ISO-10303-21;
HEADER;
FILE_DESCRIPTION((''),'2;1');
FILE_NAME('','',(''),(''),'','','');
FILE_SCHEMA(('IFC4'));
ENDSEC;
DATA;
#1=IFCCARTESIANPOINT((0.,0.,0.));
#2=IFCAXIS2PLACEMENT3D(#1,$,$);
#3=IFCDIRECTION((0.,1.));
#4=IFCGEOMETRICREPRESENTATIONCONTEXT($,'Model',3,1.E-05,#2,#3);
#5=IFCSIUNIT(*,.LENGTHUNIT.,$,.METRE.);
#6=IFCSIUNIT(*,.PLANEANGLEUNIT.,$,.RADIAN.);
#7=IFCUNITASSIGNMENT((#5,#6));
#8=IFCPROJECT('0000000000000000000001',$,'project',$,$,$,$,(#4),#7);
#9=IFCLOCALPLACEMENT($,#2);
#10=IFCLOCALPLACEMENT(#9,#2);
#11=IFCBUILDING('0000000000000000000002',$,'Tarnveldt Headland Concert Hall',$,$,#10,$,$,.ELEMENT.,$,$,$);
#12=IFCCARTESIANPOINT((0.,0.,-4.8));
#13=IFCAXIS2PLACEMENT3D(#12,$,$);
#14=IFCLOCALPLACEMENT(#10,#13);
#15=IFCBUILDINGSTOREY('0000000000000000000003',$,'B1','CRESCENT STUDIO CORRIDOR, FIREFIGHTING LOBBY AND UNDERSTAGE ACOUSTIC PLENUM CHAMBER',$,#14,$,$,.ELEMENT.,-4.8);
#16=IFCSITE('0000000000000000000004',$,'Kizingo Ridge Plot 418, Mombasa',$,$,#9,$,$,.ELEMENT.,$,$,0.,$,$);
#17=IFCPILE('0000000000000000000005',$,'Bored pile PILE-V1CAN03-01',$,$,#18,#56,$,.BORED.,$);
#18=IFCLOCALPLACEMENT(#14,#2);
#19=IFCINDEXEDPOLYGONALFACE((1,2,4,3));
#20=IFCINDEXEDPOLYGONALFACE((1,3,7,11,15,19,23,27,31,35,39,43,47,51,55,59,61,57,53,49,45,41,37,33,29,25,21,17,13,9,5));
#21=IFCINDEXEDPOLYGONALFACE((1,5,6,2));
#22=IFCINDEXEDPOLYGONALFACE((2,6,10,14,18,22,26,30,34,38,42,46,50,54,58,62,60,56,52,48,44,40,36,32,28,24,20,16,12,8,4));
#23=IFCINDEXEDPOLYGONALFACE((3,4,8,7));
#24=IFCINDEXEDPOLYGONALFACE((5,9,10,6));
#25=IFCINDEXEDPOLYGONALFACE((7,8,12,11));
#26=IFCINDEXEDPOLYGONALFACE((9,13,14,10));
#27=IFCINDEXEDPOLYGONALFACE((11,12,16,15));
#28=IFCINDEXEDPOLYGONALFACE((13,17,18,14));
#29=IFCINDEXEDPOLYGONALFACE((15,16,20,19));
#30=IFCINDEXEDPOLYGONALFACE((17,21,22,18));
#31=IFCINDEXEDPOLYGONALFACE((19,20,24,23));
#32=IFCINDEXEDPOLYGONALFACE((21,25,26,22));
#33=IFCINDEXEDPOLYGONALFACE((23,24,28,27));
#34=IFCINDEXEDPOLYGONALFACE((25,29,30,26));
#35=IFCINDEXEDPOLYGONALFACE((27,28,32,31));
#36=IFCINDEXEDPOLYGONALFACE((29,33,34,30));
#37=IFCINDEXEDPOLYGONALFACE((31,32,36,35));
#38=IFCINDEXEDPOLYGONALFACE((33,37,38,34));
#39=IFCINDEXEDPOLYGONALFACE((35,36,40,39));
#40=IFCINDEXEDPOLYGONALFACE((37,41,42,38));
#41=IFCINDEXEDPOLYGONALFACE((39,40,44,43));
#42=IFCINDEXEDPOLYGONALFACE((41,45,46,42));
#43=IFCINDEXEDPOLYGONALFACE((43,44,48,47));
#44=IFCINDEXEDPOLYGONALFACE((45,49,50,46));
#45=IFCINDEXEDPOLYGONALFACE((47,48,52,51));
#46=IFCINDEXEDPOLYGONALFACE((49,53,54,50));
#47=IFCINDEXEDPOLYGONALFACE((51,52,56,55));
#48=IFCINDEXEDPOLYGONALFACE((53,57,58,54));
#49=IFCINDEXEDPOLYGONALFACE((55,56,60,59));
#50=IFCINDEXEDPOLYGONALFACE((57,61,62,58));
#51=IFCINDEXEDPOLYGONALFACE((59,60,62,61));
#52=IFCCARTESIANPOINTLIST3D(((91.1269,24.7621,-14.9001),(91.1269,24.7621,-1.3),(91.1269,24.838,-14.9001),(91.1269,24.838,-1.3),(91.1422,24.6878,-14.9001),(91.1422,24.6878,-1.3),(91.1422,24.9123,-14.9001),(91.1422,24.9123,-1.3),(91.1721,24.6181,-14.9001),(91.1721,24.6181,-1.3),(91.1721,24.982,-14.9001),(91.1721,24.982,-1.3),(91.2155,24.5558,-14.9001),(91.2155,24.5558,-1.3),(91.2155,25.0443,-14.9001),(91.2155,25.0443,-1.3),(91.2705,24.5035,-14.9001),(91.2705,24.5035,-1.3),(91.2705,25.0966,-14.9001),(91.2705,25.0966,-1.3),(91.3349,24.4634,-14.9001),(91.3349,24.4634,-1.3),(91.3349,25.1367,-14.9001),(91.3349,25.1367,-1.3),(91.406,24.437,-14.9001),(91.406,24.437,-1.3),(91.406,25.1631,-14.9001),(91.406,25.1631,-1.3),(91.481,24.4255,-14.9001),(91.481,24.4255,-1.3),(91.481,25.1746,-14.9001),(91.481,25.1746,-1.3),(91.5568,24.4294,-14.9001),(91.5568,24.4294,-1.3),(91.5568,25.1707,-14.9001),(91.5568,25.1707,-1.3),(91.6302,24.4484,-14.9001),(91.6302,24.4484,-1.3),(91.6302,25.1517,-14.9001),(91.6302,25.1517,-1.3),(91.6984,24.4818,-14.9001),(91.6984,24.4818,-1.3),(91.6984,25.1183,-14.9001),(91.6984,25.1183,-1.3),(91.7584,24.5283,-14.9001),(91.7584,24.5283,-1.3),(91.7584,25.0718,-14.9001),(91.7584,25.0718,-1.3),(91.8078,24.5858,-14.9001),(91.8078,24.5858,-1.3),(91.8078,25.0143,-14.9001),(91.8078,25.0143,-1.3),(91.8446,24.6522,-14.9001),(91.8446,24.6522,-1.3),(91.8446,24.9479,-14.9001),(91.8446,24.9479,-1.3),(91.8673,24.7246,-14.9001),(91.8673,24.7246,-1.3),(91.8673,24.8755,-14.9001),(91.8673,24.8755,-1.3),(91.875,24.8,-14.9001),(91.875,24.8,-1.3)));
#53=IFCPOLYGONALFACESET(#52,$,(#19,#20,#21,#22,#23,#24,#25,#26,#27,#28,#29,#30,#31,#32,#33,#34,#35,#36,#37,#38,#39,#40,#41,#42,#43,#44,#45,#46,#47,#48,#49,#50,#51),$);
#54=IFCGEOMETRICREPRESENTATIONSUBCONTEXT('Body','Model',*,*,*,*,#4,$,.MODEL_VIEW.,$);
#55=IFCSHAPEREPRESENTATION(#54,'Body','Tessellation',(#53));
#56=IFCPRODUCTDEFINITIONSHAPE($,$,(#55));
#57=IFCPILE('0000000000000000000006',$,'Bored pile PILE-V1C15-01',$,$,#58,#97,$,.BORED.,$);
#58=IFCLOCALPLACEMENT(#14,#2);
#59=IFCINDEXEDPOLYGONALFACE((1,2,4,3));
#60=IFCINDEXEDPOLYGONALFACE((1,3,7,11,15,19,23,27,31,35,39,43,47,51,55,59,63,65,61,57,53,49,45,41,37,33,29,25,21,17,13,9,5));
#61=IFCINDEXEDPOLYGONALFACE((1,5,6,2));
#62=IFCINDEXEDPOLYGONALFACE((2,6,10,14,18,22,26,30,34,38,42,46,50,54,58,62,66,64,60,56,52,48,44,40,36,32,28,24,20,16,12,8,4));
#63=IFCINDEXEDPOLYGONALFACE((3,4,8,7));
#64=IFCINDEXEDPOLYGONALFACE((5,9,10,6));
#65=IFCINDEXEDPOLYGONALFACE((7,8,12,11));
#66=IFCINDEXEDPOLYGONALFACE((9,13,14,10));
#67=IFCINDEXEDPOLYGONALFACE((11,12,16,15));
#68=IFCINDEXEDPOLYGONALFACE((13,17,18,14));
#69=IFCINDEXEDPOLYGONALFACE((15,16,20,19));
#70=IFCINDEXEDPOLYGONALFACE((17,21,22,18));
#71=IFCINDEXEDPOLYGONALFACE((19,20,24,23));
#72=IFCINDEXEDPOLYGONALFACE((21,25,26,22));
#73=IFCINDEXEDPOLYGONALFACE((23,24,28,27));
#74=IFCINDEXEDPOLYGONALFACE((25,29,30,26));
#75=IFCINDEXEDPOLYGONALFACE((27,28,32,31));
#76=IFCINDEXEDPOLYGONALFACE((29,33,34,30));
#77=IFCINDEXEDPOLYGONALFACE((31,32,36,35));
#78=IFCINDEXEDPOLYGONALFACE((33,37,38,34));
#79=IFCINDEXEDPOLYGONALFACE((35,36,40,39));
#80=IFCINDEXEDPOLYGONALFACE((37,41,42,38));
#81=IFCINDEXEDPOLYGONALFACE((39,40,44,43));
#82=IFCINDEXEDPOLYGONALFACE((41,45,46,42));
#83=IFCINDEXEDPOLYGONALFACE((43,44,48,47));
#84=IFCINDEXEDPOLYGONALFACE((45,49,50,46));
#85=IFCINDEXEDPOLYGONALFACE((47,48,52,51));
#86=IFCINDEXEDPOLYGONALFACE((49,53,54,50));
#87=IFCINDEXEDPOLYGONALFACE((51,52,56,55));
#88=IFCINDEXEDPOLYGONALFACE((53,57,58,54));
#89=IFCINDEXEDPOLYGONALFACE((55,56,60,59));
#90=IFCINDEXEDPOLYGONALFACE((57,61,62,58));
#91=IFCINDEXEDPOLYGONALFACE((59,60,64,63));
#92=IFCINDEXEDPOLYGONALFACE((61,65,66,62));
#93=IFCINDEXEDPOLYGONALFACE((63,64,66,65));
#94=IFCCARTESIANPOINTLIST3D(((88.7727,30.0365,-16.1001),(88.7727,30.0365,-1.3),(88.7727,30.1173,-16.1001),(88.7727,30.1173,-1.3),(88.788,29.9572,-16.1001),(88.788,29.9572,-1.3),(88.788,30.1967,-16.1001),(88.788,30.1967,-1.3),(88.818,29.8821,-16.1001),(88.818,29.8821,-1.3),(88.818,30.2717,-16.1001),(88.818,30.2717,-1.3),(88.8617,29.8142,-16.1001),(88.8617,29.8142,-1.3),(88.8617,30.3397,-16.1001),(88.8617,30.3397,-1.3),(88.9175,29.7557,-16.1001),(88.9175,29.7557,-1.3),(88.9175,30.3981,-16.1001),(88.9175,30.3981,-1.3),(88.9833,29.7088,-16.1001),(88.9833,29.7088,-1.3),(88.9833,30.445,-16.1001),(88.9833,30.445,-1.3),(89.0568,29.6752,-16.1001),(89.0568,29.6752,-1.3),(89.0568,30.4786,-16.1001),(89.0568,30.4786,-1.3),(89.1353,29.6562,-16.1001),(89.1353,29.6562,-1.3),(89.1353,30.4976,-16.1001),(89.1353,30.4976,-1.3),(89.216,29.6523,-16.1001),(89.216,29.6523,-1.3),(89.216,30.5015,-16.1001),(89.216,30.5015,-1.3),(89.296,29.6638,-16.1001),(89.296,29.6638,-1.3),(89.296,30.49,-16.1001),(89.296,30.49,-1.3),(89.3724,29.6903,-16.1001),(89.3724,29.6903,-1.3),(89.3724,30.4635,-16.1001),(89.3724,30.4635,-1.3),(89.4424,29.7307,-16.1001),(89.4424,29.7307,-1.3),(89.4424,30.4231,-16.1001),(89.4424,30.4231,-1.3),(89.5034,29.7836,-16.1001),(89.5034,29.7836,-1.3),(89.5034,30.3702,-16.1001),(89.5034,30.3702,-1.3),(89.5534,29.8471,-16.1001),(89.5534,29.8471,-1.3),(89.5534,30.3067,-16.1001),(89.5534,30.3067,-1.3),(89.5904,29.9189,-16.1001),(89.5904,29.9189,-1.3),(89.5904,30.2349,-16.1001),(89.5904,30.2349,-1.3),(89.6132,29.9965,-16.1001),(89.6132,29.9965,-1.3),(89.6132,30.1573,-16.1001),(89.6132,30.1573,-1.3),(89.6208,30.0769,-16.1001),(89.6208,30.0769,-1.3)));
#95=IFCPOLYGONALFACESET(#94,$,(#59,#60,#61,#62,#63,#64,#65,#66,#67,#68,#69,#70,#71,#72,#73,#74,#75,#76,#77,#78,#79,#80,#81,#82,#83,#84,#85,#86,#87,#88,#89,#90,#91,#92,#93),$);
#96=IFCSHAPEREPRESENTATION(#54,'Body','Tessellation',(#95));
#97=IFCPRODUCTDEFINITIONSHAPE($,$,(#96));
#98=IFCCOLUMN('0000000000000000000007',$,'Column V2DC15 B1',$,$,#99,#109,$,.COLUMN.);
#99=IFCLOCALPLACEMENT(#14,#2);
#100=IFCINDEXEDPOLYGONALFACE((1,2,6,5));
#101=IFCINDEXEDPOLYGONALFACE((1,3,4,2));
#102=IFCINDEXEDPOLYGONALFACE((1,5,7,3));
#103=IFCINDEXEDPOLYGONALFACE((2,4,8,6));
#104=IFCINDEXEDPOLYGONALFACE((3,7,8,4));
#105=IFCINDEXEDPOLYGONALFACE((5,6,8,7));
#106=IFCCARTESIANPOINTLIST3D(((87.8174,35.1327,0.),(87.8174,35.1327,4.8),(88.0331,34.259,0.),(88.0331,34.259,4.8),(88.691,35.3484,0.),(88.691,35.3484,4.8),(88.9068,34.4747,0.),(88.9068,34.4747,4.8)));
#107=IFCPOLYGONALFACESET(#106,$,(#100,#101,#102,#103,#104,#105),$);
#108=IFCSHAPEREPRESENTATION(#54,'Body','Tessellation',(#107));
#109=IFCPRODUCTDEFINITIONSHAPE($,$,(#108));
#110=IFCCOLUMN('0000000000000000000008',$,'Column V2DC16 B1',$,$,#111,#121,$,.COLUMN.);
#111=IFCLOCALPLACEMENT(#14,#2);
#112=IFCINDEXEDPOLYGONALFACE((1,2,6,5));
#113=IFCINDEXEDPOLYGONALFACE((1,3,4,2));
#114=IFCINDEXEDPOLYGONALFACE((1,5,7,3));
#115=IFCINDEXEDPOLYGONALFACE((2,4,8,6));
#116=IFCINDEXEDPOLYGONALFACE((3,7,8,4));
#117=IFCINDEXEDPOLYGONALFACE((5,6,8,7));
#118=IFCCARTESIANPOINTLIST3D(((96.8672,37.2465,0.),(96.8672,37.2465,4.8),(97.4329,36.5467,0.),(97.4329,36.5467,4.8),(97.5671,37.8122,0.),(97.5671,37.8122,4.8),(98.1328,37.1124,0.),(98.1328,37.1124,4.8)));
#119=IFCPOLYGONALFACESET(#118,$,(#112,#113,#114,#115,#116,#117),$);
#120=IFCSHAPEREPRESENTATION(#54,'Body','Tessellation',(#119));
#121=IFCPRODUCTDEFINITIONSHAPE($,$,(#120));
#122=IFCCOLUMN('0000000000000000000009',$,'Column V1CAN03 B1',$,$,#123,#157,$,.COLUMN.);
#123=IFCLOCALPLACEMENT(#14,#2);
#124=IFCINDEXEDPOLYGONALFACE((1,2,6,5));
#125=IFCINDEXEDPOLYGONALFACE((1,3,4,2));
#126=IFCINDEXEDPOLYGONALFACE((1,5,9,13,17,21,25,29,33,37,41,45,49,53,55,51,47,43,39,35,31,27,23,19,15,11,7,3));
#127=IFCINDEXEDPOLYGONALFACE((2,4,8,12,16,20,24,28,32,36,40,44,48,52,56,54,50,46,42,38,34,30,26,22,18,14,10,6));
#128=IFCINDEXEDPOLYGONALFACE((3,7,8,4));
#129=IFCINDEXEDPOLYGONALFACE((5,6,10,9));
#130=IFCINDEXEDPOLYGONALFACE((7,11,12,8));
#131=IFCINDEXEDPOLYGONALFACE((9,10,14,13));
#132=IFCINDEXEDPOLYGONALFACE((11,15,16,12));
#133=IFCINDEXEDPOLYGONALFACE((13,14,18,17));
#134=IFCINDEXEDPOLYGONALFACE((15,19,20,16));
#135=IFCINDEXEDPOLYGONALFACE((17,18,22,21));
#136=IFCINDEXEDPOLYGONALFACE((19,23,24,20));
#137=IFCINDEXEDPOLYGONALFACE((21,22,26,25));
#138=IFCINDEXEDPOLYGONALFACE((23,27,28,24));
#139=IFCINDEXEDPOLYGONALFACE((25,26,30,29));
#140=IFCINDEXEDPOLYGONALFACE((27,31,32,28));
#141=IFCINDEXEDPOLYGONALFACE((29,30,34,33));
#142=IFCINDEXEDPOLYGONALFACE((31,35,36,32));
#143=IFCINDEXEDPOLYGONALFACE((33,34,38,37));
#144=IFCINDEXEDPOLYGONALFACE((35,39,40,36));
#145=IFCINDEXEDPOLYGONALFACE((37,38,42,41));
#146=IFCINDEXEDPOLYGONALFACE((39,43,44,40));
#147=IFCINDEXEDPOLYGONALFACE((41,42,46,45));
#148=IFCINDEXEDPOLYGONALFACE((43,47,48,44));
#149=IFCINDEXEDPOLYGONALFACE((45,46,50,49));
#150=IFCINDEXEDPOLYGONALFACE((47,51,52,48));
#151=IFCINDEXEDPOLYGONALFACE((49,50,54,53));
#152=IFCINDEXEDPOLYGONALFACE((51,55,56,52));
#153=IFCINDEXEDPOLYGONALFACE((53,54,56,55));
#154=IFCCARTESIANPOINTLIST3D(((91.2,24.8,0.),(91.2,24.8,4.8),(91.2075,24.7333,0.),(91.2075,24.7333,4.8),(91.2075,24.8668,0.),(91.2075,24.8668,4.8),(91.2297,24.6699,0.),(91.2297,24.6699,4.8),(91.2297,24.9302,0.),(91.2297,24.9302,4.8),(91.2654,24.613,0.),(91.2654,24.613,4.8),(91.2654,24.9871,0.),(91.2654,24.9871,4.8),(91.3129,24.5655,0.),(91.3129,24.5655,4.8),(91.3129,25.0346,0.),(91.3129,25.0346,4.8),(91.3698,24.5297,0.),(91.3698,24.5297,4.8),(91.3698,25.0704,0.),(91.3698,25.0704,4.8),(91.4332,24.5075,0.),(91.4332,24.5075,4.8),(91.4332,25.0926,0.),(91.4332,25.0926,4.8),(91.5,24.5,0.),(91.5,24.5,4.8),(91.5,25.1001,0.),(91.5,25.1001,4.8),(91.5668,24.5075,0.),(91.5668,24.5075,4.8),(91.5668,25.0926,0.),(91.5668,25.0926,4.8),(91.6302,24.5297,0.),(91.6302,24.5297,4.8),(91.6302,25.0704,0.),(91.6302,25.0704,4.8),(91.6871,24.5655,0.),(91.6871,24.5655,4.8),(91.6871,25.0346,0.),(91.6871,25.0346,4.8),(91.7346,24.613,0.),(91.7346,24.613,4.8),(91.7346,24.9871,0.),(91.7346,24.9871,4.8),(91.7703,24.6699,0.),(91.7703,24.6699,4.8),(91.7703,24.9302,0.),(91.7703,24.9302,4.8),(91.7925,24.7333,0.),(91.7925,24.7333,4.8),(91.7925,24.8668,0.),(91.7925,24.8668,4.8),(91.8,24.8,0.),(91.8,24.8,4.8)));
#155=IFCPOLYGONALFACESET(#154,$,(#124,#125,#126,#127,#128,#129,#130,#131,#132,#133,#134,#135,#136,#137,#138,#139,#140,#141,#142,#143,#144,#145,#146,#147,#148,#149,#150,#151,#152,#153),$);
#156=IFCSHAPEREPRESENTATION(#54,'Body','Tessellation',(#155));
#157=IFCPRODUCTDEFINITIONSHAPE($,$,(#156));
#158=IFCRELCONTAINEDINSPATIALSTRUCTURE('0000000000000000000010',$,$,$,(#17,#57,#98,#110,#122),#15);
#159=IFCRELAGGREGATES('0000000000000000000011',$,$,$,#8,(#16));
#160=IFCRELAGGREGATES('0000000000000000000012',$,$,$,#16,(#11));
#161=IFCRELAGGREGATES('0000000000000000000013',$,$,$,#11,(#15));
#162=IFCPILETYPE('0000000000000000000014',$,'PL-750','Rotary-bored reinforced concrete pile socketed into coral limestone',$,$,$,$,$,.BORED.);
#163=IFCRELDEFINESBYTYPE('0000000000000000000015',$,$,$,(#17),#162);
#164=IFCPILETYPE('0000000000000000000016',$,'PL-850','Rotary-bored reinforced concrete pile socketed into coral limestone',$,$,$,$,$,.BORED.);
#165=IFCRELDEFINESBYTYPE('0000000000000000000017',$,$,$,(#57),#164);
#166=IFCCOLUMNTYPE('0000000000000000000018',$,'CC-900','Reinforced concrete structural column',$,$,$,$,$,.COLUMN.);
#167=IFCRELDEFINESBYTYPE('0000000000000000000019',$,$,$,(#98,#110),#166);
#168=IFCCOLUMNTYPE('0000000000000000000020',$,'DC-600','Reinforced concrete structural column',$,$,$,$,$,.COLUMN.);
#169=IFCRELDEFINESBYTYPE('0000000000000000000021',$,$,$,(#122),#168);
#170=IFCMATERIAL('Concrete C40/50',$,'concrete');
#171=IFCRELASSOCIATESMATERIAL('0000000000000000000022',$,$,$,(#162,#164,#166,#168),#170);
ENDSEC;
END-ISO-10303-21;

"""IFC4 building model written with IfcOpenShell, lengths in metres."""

from ifc_helpers import new_model, si_unit, direction, frame, origin, origin_2d, place, context, subcontext, project, spatial, rectangle, circle, extrude, material, material_profile, profile_set, type_object, element, save


model = new_model("IFC4")

# Units and contexts
model_context = context("Model", 3, precision=1e-05, world=origin(), true_north=direction((0.0, 1.0)))
body_context = subcontext(model_context, "Body", "Model", "MODEL_VIEW")
ifc_project = project(units=[si_unit("LENGTHUNIT", "METRE"), si_unit("PLANEANGLEUNIT", "RADIAN")], contexts=[model_context])

# Site, building, storey
site_placement = place(None, origin())
site = spatial("IfcSite", under=ifc_project, at=site_placement, Name="Kizingo Ridge Plot 418, Mombasa", CompositionType="ELEMENT", RefElevation=0.0)
building_placement = place(site_placement, origin())
building = spatial("IfcBuilding", under=site, at=building_placement, Name="Tarnveldt Headland Concert Hall", CompositionType="ELEMENT")
storey_placement = place(building_placement, frame((0.0, 0.0, -4.8)))
storey = spatial("IfcBuildingStorey", under=building, at=storey_placement, Name="B1", Description="CRESCENT STUDIO CORRIDOR, FIREFIGHTING LOBBY AND UNDERSTAGE ACOUSTIC PLENUM CHAMBER", CompositionType="ELEMENT", Elevation=-4.8)

# Shared definitions
ifc_material_1 = material(Name="Concrete C40/50", Category="concrete")

# Piles
ifc_material_profile_1 = material_profile(ifc_material_1, circle(Radius=0.375, at=origin_2d()), Name="BORED PILE D750", Category="concrete")
ifc_profile_set_1 = profile_set([ifc_material_profile_1], Name="Concrete C40/50")
pile_type_1 = type_object("IfcPileType", Name="PL-750", Description="Rotary-bored reinforced concrete pile socketed into coral limestone", PredefinedType="BORED", material=ifc_profile_set_1)
pile_1_placement = place(storey_placement, frame((91.5, 24.8, -1.3), z_axis=(0.0, 0.0, -1.0), x_axis=(1.0, 0.0, 0.0)))
element("IfcPile", 1, at=pile_1_placement, inside=storey, type_object=pile_type_1, Name="Bored pile PILE-V1CAN03-01", PredefinedType="BORED", context=body_context, shape_type="SweptSolid", body=[
    extrude(circle(Radius=0.375, at=origin_2d()), origin(), (0.0, 0.0, 1.0), 13.6001),
])
ifc_material_profile_2 = material_profile(ifc_material_1, circle(Radius=0.425, at=origin_2d()), Name="BORED PILE D850", Category="concrete")
ifc_profile_set_2 = profile_set([ifc_material_profile_2], Name="Concrete C40/50")
pile_type_2 = type_object("IfcPileType", Name="PL-850", Description="Rotary-bored reinforced concrete pile socketed into coral limestone", PredefinedType="BORED", material=ifc_profile_set_2)
pile_2_placement = place(storey_placement, frame((89.1958, 30.0769, -1.3), z_axis=(0.0, 0.0, -1.0), x_axis=(1.0, 0.0, 0.0)))
element("IfcPile", 2, at=pile_2_placement, inside=storey, type_object=pile_type_2, Name="Bored pile PILE-V1C15-01", PredefinedType="BORED", context=body_context, shape_type="SweptSolid", body=[
    extrude(circle(Radius=0.425, at=origin_2d()), origin(), (0.0, 0.0, 1.0), 14.8),
])

# Columns
ifc_material_profile_3 = material_profile(ifc_material_1, rectangle(XDim=0.8999, YDim=0.8999, at=origin_2d()), Name="RC 900x900", Category="concrete")
ifc_profile_set_3 = profile_set([ifc_material_profile_3], Name="Concrete C40/50")
column_type_1 = type_object("IfcColumnType", Name="CC-900", Description="Reinforced concrete structural column", PredefinedType="COLUMN", material=ifc_profile_set_3)
for number, where, z_axis, x_axis, name in (
    (3, (88.3621, 34.8037, 0.0), (0.0, 0.0, 1.0), (0.23972, -0.970842, 0.0), "Column V2DC15 B1"),
    (4, (97.5, 37.1794, 0.0), (0.0, 0.0, 1.0), (0.628642, -0.777695, 0.0), "Column V2DC16 B1"),
):
    element("IfcColumn", number, at=place(storey_placement, frame(where, z_axis=z_axis, x_axis=x_axis)), inside=storey, type_object=column_type_1, Name=name, PredefinedType="COLUMN", context=body_context, shape_type="SweptSolid", body=[
        extrude(rectangle(XDim=0.8999, YDim=0.8999, at=origin_2d()), origin(), (0.0, 0.0, 1.0), 4.8),
    ])
ifc_material_profile_4 = material_profile(ifc_material_1, circle(Radius=0.3, at=origin_2d()), Name="RC D600", Category="concrete")
ifc_profile_set_4 = profile_set([ifc_material_profile_4], Name="Concrete C40/50")
column_type_2 = type_object("IfcColumnType", Name="DC-600", Description="Reinforced concrete structural column", PredefinedType="COLUMN", material=ifc_profile_set_4)
column_1_placement = place(storey_placement, frame((91.5, 24.8, 0.0), z_axis=(0.0, 0.0, 1.0), x_axis=(1.0, 0.0, 0.0)))
element("IfcColumn", 5, at=column_1_placement, inside=storey, type_object=column_type_2, Name="Column V1CAN03 B1", PredefinedType="COLUMN", context=body_context, shape_type="SweptSolid", body=[
    extrude(circle(Radius=0.3, at=origin_2d()), origin(), (0.0, 0.0, 1.0), 4.8),
])

save(model, "model.ifc")
